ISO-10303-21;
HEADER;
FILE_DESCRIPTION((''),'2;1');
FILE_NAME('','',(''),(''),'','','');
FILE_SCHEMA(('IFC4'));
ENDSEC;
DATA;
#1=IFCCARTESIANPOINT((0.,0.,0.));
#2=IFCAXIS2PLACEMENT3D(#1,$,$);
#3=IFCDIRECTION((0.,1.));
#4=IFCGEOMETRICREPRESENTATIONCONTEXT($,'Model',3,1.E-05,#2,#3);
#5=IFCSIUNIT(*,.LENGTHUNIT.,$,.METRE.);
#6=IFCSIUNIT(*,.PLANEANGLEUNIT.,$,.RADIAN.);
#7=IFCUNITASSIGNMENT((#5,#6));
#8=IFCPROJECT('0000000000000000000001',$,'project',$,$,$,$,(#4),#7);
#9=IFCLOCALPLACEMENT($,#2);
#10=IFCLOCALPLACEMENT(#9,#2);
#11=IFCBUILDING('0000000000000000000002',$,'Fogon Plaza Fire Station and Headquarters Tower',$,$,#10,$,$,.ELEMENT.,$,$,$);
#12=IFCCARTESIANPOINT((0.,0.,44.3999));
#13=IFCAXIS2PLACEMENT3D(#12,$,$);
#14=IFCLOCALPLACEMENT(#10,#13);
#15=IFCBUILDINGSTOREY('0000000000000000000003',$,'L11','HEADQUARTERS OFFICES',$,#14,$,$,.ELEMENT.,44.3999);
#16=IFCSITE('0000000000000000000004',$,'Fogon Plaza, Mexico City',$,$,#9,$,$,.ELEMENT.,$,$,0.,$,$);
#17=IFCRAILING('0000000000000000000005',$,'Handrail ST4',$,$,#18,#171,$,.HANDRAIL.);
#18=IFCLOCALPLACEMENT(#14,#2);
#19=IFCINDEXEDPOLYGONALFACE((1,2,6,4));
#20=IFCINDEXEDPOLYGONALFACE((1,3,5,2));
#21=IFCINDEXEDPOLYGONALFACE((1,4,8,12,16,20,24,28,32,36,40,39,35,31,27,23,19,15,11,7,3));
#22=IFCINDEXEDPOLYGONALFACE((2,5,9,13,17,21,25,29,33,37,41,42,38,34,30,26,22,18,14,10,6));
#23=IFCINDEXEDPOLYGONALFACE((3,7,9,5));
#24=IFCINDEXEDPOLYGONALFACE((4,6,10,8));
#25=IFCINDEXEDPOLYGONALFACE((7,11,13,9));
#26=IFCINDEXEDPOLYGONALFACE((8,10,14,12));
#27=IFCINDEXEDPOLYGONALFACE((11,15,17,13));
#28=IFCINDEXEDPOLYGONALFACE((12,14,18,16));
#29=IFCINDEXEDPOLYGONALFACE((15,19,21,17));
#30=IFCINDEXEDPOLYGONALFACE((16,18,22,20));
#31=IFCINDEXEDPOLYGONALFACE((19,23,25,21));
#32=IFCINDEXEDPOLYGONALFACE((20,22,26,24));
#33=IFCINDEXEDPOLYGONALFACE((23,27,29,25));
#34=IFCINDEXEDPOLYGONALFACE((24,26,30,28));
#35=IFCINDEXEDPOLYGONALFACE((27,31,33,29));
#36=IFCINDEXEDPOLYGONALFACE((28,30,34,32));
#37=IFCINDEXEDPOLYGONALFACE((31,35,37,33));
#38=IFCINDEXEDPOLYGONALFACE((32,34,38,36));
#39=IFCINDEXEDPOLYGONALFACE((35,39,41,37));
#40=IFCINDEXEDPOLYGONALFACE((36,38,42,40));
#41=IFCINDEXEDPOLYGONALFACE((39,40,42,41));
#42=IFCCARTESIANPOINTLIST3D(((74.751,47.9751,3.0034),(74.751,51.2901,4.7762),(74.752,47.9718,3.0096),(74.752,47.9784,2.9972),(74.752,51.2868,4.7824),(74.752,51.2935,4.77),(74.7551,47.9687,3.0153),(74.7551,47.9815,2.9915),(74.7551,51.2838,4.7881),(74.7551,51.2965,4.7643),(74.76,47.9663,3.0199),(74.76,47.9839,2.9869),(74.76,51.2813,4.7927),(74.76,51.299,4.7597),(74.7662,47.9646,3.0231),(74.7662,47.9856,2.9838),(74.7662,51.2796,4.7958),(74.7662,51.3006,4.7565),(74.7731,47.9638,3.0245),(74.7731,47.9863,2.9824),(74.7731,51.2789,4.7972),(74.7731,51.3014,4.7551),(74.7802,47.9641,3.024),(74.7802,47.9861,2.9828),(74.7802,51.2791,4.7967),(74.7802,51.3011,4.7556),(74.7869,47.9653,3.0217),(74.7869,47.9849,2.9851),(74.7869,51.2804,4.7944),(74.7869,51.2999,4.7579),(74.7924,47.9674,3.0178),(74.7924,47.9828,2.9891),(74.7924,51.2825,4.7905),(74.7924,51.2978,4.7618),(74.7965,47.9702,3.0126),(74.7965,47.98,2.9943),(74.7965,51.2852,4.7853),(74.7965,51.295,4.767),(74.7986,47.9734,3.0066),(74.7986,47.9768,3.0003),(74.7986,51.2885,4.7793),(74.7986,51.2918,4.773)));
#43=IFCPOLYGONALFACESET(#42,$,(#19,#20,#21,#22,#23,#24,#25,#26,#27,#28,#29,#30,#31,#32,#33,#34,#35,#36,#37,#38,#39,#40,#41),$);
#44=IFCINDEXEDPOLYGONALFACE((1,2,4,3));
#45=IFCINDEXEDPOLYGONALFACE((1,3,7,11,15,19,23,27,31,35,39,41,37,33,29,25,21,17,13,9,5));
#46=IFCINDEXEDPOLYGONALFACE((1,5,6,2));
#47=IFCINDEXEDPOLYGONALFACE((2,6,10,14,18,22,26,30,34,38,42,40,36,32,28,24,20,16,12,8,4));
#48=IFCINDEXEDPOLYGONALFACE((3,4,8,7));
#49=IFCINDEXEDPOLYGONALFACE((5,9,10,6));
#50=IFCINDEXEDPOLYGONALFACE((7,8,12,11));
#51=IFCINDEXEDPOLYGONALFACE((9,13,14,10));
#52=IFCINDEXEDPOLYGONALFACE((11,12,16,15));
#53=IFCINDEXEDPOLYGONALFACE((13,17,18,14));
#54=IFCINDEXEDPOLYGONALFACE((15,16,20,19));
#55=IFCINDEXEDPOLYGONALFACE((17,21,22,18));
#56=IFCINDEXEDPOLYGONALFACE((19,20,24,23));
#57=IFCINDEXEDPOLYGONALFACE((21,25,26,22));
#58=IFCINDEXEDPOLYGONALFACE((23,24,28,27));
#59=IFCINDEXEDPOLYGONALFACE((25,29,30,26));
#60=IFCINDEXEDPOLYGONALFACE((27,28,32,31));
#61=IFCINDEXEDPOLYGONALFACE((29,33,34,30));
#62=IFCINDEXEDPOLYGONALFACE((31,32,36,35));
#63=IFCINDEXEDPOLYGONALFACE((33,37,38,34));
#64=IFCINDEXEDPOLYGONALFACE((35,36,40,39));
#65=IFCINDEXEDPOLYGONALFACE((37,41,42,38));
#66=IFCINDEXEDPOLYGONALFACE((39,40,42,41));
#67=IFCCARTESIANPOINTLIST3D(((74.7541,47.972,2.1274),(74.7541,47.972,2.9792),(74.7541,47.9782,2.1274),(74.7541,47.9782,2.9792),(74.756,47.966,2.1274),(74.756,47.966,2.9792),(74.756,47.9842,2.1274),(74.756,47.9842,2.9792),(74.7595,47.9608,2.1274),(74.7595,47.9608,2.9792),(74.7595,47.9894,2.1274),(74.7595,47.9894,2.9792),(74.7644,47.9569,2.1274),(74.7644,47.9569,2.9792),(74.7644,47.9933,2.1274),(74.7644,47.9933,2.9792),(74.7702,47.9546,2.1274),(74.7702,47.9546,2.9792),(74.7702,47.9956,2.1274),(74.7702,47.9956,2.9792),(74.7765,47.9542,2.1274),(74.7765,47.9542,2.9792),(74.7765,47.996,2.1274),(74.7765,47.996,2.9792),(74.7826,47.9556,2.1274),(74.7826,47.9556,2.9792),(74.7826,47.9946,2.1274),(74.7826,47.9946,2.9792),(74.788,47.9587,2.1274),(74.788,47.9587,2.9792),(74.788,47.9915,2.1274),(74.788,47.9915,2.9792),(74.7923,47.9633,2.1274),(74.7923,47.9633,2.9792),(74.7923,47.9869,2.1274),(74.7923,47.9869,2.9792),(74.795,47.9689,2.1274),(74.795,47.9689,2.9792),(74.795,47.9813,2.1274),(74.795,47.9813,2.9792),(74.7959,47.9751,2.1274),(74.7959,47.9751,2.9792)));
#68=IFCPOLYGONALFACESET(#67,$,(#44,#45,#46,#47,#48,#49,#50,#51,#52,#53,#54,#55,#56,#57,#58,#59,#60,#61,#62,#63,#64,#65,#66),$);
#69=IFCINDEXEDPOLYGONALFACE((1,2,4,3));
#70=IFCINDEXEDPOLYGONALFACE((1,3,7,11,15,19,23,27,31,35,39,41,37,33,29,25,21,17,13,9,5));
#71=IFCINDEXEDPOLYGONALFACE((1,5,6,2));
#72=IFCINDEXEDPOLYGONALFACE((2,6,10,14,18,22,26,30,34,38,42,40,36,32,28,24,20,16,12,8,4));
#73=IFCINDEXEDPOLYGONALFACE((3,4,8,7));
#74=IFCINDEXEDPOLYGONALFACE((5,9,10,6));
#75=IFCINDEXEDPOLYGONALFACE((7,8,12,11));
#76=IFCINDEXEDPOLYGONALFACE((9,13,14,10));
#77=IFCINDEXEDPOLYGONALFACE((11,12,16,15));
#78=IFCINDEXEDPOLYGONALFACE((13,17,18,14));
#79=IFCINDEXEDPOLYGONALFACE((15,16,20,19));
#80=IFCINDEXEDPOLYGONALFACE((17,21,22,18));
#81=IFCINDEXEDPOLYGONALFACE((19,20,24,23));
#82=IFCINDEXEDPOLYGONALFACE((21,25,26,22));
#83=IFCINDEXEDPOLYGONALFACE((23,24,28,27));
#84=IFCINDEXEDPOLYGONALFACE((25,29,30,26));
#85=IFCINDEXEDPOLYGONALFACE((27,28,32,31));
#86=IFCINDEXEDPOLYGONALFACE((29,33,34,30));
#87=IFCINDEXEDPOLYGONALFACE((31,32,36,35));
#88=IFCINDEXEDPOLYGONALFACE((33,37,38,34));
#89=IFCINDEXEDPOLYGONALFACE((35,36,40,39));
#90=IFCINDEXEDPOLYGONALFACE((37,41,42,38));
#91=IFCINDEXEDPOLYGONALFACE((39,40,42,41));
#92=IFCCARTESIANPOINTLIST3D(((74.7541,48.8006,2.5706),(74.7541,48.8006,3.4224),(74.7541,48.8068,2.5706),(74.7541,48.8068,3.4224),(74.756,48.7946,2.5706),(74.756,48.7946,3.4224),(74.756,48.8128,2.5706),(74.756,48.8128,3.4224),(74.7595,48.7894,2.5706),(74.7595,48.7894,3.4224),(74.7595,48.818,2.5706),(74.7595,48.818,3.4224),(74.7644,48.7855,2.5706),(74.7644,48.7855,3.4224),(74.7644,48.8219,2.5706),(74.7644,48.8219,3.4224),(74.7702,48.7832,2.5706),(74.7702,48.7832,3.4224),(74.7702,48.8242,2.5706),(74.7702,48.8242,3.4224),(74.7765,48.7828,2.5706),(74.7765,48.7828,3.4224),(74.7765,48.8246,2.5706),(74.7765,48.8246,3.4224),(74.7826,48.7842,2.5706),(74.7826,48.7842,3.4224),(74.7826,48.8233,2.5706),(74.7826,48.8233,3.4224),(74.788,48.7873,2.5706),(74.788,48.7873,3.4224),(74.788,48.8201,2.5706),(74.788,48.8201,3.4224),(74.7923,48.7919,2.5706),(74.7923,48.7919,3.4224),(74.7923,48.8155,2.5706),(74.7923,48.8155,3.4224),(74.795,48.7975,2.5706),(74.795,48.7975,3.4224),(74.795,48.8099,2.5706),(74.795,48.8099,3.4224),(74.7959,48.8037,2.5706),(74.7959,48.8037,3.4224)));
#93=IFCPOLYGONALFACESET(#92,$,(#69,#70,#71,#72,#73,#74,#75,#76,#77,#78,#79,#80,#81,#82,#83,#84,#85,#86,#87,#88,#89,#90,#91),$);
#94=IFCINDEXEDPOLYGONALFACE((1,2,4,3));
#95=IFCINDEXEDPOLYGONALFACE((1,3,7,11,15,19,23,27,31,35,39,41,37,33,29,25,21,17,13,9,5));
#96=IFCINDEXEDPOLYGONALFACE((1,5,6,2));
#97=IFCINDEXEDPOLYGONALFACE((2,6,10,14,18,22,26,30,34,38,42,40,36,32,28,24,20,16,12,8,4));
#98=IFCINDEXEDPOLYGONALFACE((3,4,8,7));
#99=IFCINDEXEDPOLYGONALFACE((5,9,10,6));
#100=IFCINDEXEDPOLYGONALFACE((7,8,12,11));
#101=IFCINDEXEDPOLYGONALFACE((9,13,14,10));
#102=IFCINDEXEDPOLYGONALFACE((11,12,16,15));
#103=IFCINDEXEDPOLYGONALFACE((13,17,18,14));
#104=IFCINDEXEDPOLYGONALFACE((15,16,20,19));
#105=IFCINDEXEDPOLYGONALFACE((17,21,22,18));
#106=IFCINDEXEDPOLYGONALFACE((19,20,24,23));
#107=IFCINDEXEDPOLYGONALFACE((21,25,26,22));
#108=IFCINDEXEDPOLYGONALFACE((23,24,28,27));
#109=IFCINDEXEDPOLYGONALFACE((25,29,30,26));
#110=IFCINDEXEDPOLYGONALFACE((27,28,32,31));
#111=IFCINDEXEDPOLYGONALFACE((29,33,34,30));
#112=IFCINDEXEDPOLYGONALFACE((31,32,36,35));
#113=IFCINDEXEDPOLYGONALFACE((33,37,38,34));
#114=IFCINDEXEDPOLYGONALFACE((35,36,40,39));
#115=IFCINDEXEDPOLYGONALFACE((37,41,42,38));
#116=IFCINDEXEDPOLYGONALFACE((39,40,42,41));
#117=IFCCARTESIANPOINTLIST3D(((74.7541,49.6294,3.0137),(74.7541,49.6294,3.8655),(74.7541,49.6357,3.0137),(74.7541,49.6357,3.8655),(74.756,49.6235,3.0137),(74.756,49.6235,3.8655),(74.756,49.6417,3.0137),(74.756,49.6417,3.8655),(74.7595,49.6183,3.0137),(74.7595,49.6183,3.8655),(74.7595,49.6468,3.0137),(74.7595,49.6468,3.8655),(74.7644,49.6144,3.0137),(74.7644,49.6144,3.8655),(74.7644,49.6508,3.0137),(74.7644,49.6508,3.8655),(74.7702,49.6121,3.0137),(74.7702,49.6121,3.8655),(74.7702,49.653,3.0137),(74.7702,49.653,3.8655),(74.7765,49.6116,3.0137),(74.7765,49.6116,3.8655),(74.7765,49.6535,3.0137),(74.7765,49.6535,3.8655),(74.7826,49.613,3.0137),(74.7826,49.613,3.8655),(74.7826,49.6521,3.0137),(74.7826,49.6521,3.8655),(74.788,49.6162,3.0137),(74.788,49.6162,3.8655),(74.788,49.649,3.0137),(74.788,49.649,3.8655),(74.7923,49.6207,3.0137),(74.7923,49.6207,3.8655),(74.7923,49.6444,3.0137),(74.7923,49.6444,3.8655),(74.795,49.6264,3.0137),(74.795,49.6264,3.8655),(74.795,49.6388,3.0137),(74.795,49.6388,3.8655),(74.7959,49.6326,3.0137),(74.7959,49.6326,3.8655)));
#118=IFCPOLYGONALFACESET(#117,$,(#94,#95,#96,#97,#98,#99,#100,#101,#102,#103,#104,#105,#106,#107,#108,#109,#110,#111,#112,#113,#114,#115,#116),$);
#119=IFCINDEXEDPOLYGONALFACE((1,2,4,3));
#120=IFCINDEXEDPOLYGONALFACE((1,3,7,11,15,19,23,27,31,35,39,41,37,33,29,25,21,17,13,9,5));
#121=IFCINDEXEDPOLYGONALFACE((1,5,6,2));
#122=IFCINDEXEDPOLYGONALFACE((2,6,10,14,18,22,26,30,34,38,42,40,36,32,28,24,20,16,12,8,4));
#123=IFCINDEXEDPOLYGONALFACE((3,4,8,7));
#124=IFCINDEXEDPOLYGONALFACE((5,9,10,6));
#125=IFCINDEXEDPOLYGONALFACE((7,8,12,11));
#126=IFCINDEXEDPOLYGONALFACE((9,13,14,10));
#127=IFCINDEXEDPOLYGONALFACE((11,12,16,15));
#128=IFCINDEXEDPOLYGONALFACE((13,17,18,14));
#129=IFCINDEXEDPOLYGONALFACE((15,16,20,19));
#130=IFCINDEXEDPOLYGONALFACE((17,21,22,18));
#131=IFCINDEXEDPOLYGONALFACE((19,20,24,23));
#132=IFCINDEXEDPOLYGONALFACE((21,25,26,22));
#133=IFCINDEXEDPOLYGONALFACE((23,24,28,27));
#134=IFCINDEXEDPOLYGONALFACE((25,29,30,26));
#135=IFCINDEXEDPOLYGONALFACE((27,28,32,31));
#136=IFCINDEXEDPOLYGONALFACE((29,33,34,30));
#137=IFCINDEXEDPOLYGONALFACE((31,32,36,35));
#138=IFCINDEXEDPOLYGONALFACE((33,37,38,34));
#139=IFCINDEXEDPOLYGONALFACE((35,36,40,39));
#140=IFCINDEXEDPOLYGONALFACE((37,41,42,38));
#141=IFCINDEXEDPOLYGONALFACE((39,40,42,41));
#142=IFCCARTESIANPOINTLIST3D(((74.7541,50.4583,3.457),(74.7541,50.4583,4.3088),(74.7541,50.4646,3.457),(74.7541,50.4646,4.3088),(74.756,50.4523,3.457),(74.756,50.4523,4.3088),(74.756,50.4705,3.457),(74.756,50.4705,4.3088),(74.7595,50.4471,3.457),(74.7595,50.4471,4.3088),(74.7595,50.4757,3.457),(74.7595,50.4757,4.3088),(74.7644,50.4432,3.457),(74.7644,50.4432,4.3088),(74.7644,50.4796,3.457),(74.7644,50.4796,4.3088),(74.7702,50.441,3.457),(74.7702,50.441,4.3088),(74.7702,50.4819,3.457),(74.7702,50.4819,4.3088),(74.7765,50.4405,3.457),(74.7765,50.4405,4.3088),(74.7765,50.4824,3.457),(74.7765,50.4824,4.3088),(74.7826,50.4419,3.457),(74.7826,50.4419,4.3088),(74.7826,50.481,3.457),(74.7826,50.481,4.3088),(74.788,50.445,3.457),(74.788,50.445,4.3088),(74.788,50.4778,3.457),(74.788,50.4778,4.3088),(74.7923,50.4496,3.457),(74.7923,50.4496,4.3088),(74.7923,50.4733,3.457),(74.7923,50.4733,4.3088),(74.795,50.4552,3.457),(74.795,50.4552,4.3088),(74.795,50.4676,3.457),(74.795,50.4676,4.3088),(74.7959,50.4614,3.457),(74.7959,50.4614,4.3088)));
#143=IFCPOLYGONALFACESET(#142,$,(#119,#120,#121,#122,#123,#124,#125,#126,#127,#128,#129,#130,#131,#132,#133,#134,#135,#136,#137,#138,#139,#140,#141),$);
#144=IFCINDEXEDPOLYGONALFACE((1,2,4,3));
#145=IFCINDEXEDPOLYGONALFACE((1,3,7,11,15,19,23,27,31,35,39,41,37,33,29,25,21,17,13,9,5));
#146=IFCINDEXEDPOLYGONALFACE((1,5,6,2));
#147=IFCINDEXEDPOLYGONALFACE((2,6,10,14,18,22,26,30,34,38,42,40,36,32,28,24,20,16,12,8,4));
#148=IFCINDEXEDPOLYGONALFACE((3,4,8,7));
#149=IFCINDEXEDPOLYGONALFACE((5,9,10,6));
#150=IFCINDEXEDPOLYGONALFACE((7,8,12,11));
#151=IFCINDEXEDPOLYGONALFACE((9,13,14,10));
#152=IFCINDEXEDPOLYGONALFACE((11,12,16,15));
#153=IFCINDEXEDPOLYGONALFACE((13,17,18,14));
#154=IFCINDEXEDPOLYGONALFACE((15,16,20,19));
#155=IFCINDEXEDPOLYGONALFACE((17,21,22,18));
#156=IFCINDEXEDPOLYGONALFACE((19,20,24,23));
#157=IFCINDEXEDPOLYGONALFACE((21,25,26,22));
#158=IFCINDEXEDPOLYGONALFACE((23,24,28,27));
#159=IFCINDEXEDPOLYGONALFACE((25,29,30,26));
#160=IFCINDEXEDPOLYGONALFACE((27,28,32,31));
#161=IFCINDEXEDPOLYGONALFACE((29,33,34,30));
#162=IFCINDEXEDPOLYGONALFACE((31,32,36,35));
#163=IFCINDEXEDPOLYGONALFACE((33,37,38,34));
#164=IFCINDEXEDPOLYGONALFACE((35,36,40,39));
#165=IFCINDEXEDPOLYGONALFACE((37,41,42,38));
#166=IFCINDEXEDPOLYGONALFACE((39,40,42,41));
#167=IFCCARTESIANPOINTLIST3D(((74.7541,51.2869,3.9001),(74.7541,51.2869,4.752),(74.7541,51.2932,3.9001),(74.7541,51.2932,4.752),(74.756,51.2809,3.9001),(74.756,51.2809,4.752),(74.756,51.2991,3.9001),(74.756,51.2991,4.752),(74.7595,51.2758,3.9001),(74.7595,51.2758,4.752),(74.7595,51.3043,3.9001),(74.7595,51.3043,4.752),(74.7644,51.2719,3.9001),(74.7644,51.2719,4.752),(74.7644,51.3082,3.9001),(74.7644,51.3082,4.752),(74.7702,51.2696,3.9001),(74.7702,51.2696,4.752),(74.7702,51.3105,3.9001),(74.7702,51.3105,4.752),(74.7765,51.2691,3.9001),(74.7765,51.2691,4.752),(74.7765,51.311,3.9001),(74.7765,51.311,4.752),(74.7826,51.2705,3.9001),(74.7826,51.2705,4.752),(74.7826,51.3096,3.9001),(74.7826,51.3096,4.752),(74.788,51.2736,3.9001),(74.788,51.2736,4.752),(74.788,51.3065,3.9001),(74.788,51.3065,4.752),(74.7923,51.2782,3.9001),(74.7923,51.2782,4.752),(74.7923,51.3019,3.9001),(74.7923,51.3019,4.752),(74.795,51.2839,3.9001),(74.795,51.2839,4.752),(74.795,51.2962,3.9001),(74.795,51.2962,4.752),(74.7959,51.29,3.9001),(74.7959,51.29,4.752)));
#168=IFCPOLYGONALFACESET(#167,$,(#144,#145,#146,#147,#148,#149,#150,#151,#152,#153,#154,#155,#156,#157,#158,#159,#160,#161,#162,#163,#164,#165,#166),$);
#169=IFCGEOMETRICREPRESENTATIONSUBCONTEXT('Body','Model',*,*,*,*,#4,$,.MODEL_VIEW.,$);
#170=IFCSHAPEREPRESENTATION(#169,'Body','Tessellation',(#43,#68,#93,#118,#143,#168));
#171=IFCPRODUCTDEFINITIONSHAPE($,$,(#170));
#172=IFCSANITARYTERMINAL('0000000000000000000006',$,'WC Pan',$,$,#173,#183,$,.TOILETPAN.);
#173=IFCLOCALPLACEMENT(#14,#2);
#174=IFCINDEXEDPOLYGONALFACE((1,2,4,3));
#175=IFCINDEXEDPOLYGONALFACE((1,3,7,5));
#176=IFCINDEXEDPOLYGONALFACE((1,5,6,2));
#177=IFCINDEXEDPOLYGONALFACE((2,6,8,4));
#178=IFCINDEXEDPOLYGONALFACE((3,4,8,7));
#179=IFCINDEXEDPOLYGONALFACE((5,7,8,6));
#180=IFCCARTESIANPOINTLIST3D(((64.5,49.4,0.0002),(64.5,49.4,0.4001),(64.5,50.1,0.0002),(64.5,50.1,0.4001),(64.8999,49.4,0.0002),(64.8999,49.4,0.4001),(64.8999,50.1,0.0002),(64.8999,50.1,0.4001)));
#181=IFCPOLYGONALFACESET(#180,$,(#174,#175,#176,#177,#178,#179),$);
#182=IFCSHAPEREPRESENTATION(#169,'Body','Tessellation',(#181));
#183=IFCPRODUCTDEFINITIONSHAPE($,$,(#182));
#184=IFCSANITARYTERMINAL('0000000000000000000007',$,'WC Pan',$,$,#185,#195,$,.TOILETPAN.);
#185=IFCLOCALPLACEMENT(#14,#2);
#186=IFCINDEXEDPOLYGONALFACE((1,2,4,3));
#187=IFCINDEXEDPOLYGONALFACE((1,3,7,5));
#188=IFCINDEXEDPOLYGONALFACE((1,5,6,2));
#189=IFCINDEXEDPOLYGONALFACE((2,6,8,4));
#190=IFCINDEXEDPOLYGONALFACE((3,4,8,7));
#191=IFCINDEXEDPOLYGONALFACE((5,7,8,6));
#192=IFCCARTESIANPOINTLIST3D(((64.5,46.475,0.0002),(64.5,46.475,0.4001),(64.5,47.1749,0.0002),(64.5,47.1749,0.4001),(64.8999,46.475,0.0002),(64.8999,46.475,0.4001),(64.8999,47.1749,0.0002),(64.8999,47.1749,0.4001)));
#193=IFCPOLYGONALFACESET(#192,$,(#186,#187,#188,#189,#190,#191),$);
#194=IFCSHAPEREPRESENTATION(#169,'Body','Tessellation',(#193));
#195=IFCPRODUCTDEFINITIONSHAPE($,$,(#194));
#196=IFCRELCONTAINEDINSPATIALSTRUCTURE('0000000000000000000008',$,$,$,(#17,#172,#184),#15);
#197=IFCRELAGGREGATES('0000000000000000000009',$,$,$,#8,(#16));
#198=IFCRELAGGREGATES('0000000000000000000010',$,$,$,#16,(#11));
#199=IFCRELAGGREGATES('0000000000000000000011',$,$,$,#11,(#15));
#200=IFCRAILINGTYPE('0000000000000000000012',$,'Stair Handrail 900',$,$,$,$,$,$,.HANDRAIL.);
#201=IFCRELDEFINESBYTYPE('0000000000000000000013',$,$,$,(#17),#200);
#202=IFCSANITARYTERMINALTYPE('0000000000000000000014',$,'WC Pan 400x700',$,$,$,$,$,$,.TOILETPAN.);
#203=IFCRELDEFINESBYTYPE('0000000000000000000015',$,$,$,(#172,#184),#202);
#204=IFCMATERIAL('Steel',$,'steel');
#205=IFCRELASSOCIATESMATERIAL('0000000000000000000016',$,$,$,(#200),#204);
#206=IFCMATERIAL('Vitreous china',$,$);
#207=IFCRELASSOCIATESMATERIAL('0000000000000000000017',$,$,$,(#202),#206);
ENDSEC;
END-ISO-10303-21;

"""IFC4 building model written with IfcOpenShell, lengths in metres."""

from ifc_helpers import new_model, si_unit, direction, frame, origin, origin_2d, place, context, subcontext, project, spatial, rectangle, circle, extrude, material, type_object, element, save


model = new_model("IFC4")

# Units and contexts
model_context = context("Model", 3, precision=1e-05, world=origin(), true_north=direction((0.0, 1.0)))
body_context = subcontext(model_context, "Body", "Model", "MODEL_VIEW")
ifc_project = project(units=[si_unit("LENGTHUNIT", "METRE"), si_unit("PLANEANGLEUNIT", "RADIAN")], contexts=[model_context])

# Site, building, storey
site_placement = place(None, origin())
site = spatial("IfcSite", under=ifc_project, at=site_placement, Name="Fogon Plaza, Mexico City", CompositionType="ELEMENT", RefElevation=0.0)
building_placement = place(site_placement, origin())
building = spatial("IfcBuilding", under=site, at=building_placement, Name="Fogon Plaza Fire Station and Headquarters Tower", CompositionType="ELEMENT")
storey_placement = place(building_placement, frame((0.0, 0.0, 44.3999)))
storey = spatial("IfcBuildingStorey", under=building, at=storey_placement, Name="L11", Description="HEADQUARTERS OFFICES", CompositionType="ELEMENT", Elevation=44.3999)

# Railing
ifc_material_1 = material(Name="Steel", Category="steel")
railing_type = type_object("IfcRailingType", Name="Stair Handrail 900", PredefinedType="HANDRAIL", material=ifc_material_1)
for number, where, name in (
    (1, (74.7749, 47.9751, 2.1274), "Handrail ST4"),
):
    element("IfcRailing", number, at=place(storey_placement, frame(where)), inside=storey, type_object=railing_type, Name=name, PredefinedType="HANDRAIL", context=body_context, shape_type="SweptSolid", body=[
        extrude(circle(Radius=0.0239, at=origin_2d()), frame((0.0, 0.0, 0.876), z_axis=(0.0, 0.881829, 0.471569), x_axis=(-1.0, 0.0, 0.0)), (0.0, 0.0, 1.0), 3.7593),
        extrude(circle(Radius=0.021, at=origin_2d()), origin(), (0.0, 0.0, 1.0), 0.8518),
        extrude(circle(Radius=0.021, at=origin_2d()), frame((0.0, 0.8286, 0.4431)), (0.0, 0.0, 1.0), 0.8518),
        extrude(circle(Radius=0.021, at=origin_2d()), frame((0.0, 1.6575, 0.8862)), (0.0, 0.0, 1.0), 0.8518),
        extrude(circle(Radius=0.021, at=origin_2d()), frame((0.0, 2.4863, 1.3296)), (0.0, 0.0, 1.0), 0.8518),
        extrude(circle(Radius=0.021, at=origin_2d()), frame((0.0, 3.3149, 1.7727)), (0.0, 0.0, 1.0), 0.8518),
    ])

# Sanitary terminals
ifc_material_2 = material(Name="Vitreous china")
sanitary_terminal_type = type_object("IfcSanitaryTerminalType", Name="WC Pan 400x700", PredefinedType="TOILETPAN", material=ifc_material_2)
for number, where, z_axis, x_axis, name in (
    (2, (64.7, 49.75, 0.0002), (0.0, 0.0, 1.0), (1.0, 0.0, 0.0), "WC Pan"),
    (3, (64.7, 46.825, 0.0002), (0.0, 0.0, 1.0), (1.0, 0.0, 0.0), "WC Pan"),
):
    element("IfcSanitaryTerminal", number, at=place(storey_placement, frame(where, z_axis=z_axis, x_axis=x_axis)), inside=storey, type_object=sanitary_terminal_type, Name=name, PredefinedType="TOILETPAN", context=body_context, shape_type="SweptSolid", body=[
        extrude(rectangle(XDim=0.3999, YDim=0.7, at=origin_2d()), origin(), (0.0, 0.0, 1.0), 0.3999),
    ])

save(model, "model.ifc")
